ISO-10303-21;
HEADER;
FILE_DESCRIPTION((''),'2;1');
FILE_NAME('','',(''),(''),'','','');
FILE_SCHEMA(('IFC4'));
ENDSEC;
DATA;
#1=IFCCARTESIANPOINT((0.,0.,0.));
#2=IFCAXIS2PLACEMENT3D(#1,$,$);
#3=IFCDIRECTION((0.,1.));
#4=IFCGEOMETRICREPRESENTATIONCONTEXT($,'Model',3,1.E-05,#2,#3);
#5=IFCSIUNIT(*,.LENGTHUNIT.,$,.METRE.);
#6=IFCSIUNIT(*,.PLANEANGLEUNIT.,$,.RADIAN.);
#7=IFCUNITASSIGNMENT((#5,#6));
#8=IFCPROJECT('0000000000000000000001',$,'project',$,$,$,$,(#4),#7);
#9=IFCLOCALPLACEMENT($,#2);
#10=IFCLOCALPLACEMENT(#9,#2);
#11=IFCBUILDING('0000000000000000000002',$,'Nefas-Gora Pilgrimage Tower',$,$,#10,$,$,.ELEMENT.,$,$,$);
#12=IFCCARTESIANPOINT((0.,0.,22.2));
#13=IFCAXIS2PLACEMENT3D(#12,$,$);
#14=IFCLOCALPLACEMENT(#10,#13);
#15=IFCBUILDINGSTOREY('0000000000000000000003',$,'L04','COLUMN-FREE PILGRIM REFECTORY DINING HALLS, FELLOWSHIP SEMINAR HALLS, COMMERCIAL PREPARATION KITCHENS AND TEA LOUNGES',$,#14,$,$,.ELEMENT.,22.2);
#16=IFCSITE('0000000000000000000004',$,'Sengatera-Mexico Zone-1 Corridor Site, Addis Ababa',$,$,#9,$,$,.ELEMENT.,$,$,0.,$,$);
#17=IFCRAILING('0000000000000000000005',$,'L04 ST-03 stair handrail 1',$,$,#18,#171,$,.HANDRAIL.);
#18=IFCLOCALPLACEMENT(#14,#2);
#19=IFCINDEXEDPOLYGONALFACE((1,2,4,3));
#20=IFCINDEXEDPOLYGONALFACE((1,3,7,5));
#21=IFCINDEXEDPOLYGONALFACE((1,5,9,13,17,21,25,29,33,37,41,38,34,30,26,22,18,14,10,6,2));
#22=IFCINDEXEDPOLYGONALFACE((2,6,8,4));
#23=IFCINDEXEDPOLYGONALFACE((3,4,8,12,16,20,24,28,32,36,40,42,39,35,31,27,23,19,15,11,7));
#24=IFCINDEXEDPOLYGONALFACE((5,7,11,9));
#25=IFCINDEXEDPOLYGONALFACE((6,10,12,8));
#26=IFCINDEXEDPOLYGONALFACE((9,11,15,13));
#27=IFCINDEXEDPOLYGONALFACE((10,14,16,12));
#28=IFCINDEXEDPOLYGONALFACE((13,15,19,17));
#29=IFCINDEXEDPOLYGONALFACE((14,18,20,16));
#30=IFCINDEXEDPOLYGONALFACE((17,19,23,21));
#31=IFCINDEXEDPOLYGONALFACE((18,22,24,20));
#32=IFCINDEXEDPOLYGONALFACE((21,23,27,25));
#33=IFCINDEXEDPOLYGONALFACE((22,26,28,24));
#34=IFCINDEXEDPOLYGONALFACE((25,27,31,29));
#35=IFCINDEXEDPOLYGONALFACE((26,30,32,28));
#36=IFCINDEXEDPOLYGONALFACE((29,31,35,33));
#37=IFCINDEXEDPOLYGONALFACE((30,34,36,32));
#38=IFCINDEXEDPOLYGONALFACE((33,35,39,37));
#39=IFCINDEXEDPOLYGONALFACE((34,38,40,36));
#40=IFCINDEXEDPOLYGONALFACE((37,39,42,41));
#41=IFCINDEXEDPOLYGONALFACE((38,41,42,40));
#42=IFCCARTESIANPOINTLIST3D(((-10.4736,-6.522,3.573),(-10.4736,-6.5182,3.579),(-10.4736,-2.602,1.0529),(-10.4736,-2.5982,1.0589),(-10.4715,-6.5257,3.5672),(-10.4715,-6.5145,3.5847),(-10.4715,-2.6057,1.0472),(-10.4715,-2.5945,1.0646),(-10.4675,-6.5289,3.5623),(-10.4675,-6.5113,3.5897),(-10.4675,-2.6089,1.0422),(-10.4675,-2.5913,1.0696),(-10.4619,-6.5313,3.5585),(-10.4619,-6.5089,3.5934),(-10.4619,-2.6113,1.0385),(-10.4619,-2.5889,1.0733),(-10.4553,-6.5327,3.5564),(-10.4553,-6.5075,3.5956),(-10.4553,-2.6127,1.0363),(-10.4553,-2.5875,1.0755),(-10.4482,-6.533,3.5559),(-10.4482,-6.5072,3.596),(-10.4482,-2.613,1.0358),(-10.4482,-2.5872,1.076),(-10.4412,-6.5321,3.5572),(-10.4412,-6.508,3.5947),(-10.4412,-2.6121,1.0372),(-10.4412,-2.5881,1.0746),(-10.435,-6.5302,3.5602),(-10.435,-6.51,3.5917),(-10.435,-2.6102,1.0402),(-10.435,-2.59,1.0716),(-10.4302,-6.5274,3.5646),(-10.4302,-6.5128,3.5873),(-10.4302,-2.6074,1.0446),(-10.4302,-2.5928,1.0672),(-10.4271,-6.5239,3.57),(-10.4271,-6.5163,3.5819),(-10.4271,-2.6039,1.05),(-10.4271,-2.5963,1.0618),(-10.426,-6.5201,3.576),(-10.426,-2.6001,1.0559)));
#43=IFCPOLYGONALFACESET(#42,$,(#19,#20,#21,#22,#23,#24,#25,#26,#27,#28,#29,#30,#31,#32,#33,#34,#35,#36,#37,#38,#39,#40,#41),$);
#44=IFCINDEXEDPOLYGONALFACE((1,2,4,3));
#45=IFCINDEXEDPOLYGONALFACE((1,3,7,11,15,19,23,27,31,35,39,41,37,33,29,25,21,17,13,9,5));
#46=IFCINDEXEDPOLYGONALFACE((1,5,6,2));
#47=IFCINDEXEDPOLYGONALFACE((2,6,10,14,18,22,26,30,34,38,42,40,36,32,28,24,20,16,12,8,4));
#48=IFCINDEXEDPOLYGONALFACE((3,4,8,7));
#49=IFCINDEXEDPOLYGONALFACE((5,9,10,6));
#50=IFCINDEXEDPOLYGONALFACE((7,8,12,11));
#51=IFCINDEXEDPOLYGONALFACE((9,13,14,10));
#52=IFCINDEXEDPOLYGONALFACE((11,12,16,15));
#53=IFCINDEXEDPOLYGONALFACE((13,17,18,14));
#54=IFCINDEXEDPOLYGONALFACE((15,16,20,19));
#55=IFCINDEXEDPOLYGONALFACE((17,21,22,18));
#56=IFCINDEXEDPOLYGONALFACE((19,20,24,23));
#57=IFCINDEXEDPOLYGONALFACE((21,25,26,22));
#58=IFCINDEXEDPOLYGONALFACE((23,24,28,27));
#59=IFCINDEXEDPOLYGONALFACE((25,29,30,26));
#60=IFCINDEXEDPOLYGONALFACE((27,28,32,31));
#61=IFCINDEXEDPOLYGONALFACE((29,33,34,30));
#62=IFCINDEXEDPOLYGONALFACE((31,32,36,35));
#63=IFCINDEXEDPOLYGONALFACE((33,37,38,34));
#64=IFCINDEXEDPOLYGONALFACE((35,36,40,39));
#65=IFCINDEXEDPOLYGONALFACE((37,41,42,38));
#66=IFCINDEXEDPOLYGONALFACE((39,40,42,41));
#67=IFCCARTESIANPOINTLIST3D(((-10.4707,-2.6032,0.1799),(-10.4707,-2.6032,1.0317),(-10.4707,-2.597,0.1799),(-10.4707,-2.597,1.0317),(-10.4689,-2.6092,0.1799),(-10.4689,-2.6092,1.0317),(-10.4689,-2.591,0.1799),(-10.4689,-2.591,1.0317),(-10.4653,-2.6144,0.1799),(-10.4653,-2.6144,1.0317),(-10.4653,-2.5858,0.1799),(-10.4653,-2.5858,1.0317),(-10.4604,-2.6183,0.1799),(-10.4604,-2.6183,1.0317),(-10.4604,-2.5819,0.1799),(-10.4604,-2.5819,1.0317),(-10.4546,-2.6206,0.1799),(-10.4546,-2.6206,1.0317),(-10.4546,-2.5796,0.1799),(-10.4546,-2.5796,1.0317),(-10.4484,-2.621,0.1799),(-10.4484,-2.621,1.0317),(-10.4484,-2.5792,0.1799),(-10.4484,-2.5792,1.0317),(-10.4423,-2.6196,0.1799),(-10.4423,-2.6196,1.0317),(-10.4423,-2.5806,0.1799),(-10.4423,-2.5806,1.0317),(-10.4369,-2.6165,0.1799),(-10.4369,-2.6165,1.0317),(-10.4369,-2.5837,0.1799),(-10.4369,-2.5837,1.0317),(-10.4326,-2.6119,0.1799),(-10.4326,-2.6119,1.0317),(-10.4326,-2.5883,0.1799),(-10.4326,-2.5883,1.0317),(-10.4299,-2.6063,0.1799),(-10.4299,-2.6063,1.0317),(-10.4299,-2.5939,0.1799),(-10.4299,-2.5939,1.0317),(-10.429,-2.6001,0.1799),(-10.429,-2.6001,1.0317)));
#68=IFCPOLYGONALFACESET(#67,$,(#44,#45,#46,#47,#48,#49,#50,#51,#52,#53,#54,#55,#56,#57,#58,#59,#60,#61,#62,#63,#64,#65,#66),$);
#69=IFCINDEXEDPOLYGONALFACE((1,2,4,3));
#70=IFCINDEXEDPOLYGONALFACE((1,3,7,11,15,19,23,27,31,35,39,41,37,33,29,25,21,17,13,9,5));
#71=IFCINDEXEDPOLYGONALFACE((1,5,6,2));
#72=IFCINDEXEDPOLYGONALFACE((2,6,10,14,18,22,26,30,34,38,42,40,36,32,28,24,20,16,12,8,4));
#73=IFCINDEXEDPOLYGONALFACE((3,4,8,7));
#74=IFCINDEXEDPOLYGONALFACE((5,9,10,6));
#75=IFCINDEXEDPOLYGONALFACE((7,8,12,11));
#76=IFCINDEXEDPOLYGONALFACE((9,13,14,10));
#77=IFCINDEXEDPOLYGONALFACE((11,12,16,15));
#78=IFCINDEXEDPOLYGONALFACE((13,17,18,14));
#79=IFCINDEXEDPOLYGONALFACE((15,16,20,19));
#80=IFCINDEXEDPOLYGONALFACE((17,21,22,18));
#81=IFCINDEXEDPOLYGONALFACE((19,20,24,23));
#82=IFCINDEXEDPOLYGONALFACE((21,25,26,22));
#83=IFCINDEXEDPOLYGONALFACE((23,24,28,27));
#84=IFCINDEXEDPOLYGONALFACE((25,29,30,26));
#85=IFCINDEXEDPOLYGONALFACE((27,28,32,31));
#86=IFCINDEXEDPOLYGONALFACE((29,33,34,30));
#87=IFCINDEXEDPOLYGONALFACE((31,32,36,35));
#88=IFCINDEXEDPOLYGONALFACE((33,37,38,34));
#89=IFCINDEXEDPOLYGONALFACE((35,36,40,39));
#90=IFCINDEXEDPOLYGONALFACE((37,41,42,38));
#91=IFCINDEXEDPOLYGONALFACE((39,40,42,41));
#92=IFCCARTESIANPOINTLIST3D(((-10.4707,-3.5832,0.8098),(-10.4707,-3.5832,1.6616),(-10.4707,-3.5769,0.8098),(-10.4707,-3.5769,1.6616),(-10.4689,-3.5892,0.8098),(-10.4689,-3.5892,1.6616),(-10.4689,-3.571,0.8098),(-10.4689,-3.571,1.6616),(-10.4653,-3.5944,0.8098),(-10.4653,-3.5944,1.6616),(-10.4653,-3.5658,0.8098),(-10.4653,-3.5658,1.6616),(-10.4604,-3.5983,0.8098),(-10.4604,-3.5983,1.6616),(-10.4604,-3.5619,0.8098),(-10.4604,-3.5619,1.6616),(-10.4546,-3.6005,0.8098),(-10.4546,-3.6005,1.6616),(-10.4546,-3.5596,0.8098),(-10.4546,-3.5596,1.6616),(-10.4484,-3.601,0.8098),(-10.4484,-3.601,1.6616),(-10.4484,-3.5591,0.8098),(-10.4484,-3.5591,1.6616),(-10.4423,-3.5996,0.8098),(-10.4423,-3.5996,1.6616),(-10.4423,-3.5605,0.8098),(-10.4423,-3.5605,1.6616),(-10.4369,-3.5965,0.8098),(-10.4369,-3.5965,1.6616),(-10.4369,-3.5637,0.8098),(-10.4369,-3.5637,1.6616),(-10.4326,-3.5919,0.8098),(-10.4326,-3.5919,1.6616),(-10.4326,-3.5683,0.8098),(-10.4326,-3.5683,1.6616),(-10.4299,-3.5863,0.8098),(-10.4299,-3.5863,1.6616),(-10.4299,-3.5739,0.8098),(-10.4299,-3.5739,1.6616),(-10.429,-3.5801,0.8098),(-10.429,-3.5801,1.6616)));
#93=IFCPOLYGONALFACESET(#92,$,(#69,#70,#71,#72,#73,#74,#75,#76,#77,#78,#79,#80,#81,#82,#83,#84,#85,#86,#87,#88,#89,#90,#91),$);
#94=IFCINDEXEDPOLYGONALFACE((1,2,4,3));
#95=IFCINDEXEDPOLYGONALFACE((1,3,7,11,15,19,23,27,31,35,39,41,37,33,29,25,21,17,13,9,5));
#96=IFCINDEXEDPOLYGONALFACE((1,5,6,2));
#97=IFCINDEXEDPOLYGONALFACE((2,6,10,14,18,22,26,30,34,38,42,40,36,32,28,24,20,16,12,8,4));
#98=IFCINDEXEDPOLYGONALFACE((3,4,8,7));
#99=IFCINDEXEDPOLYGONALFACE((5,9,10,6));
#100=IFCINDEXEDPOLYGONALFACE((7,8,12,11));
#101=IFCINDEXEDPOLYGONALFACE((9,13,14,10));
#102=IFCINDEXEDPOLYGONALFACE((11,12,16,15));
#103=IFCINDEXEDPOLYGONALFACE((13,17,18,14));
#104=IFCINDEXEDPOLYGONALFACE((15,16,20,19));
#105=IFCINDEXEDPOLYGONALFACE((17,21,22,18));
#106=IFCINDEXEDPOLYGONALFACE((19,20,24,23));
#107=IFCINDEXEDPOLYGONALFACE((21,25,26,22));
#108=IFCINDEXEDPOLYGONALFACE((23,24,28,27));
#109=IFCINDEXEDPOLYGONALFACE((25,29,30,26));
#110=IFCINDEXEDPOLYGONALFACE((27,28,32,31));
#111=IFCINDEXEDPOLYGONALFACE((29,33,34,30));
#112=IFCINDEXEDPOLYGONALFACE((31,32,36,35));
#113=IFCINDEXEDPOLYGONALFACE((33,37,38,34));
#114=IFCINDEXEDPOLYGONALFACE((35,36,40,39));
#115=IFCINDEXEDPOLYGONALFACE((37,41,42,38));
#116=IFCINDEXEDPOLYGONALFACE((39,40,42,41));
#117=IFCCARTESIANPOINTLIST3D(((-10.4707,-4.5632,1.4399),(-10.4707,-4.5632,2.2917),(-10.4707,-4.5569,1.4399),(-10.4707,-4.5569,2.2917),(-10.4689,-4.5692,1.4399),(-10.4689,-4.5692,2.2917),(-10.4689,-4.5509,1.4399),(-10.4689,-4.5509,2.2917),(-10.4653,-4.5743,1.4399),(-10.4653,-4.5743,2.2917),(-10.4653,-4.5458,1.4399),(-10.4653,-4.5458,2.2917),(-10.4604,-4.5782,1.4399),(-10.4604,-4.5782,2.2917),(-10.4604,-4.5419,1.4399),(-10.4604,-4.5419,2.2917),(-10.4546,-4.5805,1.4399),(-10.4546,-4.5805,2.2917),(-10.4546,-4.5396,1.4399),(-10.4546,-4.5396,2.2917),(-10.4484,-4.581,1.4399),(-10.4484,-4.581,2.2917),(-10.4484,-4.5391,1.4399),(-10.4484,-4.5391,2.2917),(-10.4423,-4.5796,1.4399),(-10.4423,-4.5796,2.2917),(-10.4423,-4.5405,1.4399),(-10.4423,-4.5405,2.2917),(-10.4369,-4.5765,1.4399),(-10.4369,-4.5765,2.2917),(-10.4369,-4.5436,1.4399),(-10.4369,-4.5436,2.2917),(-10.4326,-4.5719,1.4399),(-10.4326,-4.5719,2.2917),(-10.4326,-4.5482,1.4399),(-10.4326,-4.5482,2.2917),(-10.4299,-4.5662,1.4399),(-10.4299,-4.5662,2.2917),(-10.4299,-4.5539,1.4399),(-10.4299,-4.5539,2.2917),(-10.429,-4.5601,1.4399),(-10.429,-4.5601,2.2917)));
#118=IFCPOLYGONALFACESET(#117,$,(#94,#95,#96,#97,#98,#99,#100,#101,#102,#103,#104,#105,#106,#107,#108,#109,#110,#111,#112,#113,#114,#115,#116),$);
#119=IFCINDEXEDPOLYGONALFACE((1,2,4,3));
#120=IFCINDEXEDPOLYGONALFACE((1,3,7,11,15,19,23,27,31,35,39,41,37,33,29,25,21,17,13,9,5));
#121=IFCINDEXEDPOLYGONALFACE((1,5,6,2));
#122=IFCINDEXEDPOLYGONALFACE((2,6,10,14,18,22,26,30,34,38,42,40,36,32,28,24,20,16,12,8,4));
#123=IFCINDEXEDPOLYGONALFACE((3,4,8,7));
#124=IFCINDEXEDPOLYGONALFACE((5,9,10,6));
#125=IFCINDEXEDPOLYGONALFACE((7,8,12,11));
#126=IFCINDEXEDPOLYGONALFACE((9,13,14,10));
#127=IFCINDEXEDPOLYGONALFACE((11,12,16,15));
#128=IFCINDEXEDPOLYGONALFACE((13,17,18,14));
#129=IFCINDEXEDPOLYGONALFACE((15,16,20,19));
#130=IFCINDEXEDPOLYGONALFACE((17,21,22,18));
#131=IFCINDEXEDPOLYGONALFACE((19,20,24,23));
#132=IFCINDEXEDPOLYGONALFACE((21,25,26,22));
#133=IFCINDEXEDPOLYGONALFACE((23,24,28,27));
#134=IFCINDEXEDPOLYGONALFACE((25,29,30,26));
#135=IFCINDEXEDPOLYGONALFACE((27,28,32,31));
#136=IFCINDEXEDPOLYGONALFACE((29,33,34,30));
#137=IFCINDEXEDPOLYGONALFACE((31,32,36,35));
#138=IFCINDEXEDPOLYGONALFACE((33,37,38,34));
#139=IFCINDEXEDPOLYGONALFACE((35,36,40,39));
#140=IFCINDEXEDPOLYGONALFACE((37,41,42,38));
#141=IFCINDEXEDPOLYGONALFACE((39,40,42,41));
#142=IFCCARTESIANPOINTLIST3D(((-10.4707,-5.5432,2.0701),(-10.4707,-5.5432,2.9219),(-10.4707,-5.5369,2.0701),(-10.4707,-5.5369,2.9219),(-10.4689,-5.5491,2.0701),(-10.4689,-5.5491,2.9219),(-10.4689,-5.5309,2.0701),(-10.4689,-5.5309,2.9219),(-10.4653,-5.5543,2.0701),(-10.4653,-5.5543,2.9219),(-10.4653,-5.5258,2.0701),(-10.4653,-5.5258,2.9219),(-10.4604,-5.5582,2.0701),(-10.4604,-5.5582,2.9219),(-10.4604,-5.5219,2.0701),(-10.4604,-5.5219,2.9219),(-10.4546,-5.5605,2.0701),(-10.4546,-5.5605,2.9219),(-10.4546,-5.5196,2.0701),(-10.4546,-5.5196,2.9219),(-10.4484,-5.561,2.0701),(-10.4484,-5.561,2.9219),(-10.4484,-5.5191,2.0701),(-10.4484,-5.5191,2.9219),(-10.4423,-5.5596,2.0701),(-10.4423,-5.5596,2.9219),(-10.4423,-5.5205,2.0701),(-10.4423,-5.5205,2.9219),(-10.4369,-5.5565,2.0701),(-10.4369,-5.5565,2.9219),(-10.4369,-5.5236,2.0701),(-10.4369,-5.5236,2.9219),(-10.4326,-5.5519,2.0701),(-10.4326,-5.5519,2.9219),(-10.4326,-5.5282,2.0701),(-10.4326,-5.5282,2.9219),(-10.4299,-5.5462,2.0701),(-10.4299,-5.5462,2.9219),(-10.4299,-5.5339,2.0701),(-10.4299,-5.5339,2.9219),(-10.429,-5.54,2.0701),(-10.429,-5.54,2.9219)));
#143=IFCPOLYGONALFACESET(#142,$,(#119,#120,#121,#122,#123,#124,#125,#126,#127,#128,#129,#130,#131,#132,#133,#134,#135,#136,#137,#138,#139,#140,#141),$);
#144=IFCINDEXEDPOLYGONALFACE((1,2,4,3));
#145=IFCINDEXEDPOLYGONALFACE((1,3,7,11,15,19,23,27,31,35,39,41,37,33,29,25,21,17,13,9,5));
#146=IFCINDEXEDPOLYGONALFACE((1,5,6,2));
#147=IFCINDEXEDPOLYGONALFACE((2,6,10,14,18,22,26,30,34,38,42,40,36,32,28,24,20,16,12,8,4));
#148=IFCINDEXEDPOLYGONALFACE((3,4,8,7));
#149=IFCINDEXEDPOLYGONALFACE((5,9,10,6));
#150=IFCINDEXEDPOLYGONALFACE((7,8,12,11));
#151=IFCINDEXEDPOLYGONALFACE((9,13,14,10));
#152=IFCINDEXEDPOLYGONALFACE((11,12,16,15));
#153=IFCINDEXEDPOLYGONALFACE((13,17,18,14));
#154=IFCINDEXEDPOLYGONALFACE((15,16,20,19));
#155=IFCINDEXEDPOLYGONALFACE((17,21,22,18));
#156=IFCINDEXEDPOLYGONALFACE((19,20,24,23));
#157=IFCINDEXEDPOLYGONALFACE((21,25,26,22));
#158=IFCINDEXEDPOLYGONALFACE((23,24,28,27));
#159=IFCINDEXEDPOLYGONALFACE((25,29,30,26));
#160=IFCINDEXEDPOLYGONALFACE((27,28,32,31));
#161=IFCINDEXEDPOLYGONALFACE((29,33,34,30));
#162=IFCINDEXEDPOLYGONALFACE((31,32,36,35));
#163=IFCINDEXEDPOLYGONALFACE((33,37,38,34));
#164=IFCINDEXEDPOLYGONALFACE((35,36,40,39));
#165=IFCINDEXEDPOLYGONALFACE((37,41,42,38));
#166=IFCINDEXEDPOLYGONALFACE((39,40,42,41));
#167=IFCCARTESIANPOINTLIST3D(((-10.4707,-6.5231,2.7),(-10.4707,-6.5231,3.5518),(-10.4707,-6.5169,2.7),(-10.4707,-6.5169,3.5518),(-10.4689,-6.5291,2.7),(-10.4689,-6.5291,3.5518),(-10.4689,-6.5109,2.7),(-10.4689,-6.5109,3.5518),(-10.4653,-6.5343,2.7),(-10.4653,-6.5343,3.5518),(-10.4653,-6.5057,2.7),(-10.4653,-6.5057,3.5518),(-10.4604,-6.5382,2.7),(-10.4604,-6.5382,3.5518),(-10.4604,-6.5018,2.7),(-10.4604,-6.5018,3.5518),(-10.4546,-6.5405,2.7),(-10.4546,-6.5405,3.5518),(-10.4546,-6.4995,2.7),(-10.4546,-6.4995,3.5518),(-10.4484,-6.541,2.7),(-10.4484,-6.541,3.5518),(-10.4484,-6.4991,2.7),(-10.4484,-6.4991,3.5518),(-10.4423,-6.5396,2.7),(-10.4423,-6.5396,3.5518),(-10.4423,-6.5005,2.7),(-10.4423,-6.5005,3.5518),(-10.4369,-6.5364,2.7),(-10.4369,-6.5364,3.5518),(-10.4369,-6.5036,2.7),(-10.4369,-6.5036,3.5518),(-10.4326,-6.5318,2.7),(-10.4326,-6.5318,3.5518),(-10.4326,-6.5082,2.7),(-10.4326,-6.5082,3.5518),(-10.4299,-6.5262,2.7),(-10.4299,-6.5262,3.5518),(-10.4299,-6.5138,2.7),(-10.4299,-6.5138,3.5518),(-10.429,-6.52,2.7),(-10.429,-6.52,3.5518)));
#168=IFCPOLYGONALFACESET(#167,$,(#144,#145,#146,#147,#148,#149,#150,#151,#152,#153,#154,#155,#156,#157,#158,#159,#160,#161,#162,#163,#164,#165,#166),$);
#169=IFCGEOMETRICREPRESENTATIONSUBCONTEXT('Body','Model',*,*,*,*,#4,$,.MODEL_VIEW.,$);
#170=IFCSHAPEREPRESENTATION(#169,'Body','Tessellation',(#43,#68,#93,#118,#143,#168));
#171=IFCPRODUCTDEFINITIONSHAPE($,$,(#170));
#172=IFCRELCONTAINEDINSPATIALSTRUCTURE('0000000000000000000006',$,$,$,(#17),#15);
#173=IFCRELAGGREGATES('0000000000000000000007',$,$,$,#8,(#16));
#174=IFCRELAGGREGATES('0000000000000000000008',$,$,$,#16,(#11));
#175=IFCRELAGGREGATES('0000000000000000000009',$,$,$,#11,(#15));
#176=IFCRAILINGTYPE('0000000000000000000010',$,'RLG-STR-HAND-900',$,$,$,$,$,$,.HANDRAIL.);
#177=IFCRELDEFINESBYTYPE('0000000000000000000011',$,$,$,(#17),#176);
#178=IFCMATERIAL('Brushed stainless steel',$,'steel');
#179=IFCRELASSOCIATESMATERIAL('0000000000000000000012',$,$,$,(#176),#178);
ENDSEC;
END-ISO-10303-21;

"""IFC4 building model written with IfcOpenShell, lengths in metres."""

from ifc_helpers import new_model, si_unit, direction, frame, origin, origin_2d, place, context, subcontext, project, spatial, circle, extrude, material, type_object, element, save


model = new_model("IFC4")

# Units and contexts
model_context = context("Model", 3, precision=1e-05, world=origin(), true_north=direction((0.0, 1.0)))
body_context = subcontext(model_context, "Body", "Model", "MODEL_VIEW")
ifc_project = project(units=[si_unit("LENGTHUNIT", "METRE"), si_unit("PLANEANGLEUNIT", "RADIAN")], contexts=[model_context])

# Site, building, storey
site_placement = place(None, origin())
site = spatial("IfcSite", under=ifc_project, at=site_placement, Name="Sengatera-Mexico Zone-1 Corridor Site, Addis Ababa", CompositionType="ELEMENT", RefElevation=0.0)
building_placement = place(site_placement, origin())
building = spatial("IfcBuilding", under=site, at=building_placement, Name="Nefas-Gora Pilgrimage Tower", CompositionType="ELEMENT")
storey_placement = place(building_placement, frame((0.0, 0.0, 22.2)))
storey = spatial("IfcBuildingStorey", under=building, at=storey_placement, Name="L04", Description="COLUMN-FREE PILGRIM REFECTORY DINING HALLS, FELLOWSHIP SEMINAR HALLS, COMMERCIAL PREPARATION KITCHENS AND TEA LOUNGES", CompositionType="ELEMENT", Elevation=22.2)

# Railing
ifc_material_1 = material(Name="Brushed stainless steel", Category="steel")
railing_type_1 = type_object("IfcRailingType", Name="RLG-STR-HAND-900", PredefinedType="HANDRAIL", material=ifc_material_1)
railing_1_placement = place(storey_placement, frame((-10.45, -2.6001, 0.1799)))
element("IfcRailing", 1, at=railing_1_placement, inside=storey, type_object=railing_type_1, Name="L04 ST-03 stair handrail 1", PredefinedType="HANDRAIL", context=body_context, shape_type="SweptSolid", body=[
    extrude(circle(Radius=0.0239, at=origin_2d()), frame((0.0, 0.0, 0.876), z_axis=(0.0, -0.841172, 0.540768), x_axis=(1.0, 0.0, 0.0)), (0.0, 0.0, 1.0), 4.6602),
    extrude(circle(Radius=0.021, at=origin_2d()), origin(), (0.0, 0.0, 1.0), 0.8518),
    extrude(circle(Radius=0.021, at=origin_2d()), frame((0.0, -0.98, 0.6299)), (0.0, 0.0, 1.0), 0.8518),
    extrude(circle(Radius=0.021, at=origin_2d()), frame((0.0, -1.96, 1.26)), (0.0, 0.0, 1.0), 0.8518),
    extrude(circle(Radius=0.021, at=origin_2d()), frame((0.0, -2.9399, 1.8901)), (0.0, 0.0, 1.0), 0.8518),
    extrude(circle(Radius=0.021, at=origin_2d()), frame((0.0, -3.9199, 2.52)), (0.0, 0.0, 1.0), 0.8518),
])

save(model, "model.ifc")
